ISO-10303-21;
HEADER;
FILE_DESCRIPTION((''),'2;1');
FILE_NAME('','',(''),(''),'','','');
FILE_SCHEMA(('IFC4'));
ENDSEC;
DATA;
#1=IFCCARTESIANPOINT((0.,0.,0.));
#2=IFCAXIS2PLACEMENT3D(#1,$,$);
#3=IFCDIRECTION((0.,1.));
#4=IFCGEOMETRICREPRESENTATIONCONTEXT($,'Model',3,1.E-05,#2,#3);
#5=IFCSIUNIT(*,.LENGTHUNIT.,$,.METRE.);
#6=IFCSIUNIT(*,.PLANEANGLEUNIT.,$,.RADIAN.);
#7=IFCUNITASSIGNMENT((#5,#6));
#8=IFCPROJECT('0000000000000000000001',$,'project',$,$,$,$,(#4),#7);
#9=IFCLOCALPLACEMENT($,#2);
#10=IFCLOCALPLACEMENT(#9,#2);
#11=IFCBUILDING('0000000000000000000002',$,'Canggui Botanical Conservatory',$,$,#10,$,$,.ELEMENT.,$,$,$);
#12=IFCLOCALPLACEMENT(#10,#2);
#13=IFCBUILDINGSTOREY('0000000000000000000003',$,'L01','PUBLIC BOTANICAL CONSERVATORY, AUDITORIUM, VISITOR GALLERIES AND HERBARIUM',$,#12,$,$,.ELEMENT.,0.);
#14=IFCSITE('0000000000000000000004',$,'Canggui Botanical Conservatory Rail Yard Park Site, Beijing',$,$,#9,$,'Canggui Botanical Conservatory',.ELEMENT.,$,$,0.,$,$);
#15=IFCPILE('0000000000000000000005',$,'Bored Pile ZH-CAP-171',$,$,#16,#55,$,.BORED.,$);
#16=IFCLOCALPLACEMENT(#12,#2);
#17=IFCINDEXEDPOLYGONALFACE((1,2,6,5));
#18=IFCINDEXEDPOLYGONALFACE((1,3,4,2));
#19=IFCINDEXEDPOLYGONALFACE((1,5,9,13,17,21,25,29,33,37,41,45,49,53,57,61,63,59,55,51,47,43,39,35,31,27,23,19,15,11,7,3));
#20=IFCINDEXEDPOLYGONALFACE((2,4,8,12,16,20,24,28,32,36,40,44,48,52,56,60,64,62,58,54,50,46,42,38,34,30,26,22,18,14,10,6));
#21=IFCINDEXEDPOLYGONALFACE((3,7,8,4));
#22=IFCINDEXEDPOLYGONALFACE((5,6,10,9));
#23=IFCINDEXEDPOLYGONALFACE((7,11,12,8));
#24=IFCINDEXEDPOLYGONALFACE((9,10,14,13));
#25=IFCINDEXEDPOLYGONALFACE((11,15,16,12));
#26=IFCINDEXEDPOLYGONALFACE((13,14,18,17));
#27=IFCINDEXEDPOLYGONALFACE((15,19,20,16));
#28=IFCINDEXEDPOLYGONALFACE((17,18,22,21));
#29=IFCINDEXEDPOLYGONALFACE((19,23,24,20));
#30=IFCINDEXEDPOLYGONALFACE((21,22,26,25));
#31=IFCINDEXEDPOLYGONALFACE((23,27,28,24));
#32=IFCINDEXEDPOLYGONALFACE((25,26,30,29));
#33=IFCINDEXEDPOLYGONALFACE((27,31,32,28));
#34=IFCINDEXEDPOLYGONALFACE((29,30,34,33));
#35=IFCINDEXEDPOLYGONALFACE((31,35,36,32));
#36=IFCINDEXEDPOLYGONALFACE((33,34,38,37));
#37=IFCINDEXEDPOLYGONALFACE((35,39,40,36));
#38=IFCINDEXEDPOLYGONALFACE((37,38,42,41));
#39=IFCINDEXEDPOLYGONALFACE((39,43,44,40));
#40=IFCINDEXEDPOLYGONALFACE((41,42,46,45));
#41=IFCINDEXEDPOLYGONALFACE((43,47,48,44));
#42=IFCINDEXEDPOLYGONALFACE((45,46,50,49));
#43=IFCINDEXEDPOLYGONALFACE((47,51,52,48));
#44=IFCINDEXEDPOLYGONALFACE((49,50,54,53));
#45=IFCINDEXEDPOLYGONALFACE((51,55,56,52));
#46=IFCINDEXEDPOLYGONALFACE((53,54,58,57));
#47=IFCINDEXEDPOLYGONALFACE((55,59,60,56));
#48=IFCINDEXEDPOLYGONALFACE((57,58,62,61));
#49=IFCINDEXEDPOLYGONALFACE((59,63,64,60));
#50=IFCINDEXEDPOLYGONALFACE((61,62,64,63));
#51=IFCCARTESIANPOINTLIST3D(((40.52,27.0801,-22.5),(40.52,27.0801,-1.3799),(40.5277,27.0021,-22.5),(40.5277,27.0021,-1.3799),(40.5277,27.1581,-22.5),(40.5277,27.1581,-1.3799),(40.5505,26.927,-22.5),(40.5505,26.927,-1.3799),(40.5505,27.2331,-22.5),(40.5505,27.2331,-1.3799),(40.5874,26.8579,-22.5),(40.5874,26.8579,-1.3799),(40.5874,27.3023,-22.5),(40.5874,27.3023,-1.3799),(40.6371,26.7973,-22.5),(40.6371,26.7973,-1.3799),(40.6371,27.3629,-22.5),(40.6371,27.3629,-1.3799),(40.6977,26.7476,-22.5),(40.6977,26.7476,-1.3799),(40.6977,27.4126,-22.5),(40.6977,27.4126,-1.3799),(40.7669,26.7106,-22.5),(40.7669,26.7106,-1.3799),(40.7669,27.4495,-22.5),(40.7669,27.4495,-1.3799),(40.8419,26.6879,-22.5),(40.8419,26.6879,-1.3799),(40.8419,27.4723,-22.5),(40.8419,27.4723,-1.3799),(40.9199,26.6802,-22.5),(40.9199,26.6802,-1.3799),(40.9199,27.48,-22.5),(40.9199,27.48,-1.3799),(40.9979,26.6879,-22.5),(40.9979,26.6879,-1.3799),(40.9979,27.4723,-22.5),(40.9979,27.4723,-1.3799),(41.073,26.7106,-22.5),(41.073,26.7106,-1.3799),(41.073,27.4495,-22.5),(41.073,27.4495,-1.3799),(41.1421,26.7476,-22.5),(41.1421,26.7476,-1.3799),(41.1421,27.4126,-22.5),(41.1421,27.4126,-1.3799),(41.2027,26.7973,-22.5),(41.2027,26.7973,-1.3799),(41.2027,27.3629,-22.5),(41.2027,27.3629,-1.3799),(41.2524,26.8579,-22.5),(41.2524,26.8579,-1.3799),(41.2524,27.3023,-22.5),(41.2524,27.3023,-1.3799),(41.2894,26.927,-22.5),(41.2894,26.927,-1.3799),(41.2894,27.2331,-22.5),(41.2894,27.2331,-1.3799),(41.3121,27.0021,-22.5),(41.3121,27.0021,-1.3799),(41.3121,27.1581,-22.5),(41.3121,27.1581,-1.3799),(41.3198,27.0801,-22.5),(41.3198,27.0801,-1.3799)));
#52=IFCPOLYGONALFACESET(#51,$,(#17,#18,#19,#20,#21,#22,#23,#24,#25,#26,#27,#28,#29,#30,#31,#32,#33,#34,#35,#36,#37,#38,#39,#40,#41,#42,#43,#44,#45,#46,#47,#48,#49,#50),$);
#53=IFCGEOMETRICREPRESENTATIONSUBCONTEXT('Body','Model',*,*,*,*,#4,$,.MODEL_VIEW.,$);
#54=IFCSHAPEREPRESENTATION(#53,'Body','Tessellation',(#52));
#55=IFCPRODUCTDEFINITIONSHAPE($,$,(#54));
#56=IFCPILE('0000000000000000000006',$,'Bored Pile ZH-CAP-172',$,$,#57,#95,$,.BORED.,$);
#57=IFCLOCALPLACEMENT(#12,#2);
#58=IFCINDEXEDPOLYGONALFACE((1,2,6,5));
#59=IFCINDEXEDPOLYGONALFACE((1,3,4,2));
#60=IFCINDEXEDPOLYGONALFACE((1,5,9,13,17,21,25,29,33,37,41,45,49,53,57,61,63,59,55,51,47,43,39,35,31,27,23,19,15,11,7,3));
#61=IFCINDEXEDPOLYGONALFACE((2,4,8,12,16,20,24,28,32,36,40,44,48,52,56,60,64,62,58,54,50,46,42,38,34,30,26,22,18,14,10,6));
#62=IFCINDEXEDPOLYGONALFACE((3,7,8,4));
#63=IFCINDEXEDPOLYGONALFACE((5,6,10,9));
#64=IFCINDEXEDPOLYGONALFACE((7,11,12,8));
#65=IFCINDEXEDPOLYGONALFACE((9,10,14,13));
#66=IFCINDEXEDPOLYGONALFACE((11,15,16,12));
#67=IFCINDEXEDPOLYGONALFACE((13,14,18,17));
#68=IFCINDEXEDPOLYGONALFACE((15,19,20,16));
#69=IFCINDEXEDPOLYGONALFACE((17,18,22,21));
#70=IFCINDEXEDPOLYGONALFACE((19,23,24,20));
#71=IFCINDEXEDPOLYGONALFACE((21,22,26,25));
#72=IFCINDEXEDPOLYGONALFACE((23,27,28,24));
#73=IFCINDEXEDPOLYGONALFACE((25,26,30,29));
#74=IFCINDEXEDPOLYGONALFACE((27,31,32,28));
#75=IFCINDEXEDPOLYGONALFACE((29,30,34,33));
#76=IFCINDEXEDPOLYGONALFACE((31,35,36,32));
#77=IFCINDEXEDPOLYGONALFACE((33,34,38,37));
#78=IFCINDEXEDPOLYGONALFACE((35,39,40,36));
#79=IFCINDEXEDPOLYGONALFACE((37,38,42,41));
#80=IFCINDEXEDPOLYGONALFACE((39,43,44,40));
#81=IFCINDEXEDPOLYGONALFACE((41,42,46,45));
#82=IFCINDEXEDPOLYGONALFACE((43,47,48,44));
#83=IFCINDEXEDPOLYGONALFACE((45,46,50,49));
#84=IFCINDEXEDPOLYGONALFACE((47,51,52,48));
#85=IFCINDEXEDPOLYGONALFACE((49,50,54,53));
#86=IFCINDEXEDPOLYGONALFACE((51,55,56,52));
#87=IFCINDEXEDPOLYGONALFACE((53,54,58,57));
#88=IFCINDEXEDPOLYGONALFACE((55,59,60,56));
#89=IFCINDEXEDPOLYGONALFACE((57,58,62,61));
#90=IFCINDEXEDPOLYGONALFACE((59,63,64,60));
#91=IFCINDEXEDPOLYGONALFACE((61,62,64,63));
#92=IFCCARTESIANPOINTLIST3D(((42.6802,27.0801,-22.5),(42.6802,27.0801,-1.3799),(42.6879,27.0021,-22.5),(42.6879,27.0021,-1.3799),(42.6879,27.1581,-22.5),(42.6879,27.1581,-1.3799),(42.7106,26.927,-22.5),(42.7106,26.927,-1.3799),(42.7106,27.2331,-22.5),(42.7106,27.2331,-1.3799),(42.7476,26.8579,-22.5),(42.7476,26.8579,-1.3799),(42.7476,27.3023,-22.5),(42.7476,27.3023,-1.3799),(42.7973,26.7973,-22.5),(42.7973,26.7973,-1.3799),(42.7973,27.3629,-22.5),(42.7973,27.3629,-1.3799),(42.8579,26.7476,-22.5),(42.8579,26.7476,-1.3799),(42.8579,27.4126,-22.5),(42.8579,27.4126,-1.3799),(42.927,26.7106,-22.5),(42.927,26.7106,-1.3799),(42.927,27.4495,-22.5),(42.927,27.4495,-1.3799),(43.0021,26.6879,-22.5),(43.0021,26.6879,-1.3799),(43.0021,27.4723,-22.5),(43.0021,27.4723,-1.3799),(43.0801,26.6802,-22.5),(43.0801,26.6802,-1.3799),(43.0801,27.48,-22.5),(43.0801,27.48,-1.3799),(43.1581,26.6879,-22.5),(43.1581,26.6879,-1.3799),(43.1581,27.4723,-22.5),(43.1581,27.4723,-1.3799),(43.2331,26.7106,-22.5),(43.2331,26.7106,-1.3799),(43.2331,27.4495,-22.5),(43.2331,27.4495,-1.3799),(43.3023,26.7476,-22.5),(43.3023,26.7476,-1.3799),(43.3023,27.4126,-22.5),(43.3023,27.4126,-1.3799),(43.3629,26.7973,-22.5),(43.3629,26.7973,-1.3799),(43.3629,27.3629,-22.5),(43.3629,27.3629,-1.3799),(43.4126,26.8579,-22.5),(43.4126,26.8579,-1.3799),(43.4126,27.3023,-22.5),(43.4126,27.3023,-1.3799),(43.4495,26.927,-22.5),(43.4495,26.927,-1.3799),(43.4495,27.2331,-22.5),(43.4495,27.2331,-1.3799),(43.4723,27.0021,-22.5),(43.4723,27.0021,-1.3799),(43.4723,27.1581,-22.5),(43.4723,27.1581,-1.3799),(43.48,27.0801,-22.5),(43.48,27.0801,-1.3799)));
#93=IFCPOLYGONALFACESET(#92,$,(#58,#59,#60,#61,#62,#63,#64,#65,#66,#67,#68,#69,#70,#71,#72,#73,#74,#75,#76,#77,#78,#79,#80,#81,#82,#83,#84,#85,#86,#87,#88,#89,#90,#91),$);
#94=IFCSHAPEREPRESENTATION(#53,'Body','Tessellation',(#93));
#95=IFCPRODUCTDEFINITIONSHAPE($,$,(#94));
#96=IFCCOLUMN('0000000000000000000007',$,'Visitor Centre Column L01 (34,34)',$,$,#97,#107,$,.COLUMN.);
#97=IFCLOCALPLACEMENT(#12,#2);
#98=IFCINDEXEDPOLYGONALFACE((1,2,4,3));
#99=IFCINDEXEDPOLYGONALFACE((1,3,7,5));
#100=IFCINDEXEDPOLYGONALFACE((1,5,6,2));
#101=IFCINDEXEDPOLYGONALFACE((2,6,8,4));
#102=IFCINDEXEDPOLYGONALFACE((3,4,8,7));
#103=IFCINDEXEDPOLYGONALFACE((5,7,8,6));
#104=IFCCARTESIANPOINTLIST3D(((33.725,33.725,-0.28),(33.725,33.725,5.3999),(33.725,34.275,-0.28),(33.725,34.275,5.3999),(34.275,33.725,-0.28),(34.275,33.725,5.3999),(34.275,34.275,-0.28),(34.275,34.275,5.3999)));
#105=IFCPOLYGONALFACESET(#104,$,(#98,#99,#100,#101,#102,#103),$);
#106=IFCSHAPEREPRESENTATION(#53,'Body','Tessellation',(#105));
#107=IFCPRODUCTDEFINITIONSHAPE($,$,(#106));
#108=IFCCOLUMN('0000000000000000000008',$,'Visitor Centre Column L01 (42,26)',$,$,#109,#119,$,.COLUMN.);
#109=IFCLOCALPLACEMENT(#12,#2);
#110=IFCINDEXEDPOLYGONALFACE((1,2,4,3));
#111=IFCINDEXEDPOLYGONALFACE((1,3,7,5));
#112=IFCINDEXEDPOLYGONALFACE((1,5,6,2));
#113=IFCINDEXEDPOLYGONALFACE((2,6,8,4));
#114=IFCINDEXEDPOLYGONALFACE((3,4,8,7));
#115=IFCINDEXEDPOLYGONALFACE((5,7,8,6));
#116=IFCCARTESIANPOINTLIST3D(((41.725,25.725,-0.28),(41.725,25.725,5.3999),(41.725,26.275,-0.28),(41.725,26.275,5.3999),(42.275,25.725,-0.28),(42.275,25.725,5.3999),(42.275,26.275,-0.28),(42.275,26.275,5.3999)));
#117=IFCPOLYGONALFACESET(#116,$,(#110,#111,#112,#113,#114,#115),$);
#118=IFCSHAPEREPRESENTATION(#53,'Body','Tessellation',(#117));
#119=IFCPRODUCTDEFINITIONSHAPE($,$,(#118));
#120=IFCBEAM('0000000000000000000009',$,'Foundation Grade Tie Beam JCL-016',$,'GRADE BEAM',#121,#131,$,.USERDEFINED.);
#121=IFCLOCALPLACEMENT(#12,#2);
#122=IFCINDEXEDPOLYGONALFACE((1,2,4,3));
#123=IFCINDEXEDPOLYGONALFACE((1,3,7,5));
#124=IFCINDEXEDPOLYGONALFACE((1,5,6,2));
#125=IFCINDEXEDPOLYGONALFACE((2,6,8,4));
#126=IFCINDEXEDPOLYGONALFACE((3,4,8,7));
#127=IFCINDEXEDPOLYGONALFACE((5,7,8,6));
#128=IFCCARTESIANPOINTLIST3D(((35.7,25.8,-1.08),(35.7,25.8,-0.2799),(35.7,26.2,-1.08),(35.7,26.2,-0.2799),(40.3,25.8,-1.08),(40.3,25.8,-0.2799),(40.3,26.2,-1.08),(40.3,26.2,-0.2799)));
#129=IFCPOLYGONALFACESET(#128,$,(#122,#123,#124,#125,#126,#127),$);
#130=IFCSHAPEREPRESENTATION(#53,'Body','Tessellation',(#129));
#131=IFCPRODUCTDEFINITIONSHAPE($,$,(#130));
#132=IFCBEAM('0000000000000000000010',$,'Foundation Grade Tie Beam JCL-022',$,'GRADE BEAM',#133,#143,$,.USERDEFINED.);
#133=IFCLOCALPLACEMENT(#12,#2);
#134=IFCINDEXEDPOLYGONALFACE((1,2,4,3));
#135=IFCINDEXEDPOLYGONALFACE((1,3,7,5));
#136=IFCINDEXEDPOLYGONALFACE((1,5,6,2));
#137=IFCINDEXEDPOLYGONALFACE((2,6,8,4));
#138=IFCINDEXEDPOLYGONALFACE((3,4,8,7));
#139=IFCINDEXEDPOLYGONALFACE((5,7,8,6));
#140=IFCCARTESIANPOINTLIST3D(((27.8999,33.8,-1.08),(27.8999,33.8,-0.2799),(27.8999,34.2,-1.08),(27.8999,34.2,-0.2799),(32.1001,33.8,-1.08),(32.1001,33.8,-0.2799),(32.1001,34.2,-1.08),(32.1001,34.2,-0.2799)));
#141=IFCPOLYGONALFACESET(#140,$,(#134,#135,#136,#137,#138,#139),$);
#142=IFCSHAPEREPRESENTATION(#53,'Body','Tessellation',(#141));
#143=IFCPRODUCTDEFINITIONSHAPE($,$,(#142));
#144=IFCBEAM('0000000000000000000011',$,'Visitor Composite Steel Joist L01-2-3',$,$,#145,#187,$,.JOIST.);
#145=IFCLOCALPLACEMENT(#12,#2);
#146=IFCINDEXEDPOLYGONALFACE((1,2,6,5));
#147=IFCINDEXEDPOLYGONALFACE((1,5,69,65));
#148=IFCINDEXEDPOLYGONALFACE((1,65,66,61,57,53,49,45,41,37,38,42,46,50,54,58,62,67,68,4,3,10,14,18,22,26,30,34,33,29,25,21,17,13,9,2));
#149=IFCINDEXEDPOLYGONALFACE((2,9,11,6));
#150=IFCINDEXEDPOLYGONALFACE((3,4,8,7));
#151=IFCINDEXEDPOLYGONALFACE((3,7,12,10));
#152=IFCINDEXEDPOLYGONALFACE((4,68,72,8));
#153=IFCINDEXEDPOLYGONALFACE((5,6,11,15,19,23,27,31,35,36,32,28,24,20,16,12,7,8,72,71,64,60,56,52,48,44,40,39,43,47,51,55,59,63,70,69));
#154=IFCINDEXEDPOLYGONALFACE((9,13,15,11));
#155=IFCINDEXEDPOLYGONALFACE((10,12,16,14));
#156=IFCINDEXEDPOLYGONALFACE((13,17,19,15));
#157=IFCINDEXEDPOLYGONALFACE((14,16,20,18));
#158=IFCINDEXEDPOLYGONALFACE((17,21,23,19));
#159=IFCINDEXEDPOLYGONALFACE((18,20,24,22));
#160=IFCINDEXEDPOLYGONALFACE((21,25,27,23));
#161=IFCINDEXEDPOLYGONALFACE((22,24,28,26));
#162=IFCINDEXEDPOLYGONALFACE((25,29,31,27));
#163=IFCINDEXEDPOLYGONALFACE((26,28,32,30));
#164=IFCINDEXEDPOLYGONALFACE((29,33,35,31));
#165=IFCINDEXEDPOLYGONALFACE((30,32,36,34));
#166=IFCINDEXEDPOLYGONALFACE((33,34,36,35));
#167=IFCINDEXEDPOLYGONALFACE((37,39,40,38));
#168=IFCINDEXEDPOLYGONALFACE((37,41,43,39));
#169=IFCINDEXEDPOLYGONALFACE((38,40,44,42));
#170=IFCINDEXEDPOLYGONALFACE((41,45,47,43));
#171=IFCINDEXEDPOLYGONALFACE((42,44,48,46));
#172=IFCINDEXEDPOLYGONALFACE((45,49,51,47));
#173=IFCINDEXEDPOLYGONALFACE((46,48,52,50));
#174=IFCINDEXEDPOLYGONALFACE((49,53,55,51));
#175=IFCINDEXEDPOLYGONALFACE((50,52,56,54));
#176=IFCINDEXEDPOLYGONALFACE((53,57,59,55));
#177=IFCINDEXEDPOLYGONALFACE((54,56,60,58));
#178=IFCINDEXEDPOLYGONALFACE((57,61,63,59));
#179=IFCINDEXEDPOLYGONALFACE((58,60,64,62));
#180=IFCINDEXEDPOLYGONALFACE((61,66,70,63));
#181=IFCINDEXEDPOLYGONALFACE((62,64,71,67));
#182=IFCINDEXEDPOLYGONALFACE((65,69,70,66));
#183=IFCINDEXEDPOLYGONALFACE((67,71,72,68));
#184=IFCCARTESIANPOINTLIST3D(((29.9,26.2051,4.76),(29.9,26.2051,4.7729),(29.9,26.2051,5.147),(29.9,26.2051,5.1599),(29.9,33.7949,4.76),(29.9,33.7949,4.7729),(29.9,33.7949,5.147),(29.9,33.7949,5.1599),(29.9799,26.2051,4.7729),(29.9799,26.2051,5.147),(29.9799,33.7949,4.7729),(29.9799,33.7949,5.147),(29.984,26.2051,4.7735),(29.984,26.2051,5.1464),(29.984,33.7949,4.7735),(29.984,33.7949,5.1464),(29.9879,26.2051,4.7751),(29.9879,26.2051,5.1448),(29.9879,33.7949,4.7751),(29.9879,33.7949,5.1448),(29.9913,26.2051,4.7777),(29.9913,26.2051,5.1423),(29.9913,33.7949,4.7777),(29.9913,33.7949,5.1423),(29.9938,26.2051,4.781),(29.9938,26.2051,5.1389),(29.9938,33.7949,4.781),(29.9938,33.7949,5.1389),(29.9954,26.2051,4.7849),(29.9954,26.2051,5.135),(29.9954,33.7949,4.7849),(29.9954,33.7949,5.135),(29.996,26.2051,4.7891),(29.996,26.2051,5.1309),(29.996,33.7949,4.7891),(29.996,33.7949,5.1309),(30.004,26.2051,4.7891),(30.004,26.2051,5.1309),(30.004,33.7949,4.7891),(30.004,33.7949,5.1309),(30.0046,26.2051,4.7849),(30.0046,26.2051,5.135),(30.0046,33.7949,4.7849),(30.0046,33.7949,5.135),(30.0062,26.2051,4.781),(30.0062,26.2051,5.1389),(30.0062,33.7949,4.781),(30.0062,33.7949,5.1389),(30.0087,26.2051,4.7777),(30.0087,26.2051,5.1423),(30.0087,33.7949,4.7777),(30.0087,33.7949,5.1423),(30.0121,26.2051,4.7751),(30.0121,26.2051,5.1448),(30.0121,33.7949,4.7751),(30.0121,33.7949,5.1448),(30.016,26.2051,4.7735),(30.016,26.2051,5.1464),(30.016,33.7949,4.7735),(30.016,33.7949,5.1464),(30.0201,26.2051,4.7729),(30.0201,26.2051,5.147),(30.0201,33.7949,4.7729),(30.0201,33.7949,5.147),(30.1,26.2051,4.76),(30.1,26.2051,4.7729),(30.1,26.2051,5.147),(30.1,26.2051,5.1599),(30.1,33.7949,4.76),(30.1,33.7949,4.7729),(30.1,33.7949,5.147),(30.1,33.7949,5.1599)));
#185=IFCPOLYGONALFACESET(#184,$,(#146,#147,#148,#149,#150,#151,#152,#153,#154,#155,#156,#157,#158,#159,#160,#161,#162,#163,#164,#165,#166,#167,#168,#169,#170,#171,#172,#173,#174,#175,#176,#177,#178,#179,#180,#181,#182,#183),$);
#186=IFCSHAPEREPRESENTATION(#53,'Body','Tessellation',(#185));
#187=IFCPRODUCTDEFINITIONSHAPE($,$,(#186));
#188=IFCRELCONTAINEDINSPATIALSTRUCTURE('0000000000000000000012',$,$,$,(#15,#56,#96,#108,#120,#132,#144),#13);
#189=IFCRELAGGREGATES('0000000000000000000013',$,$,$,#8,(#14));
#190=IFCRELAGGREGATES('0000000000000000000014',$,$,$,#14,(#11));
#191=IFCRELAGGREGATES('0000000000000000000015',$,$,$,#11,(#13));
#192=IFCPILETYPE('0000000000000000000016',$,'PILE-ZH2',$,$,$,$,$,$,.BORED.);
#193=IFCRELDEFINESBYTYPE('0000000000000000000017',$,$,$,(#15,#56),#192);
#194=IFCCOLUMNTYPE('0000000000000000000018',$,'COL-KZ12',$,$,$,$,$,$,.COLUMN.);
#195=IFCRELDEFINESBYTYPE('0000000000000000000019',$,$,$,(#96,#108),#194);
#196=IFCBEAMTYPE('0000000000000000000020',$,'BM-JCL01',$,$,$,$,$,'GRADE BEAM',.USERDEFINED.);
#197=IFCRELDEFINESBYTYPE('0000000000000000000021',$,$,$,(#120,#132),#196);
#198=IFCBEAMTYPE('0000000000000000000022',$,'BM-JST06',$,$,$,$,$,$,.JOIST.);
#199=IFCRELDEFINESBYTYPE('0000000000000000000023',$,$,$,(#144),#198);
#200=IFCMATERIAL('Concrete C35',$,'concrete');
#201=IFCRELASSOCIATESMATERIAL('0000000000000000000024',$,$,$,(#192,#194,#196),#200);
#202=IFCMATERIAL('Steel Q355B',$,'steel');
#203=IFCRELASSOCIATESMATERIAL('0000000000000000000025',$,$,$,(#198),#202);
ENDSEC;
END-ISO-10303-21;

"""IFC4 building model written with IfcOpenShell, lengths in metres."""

from ifc_helpers import new_model, si_unit, direction, frame, origin, origin_2d, place, context, subcontext, project, spatial, rectangle, circle, i_section, extrude, material, material_profile, profile_set, type_object, element, save


model = new_model("IFC4")

# Units and contexts
model_context = context("Model", 3, precision=1e-05, world=origin(), true_north=direction((0.0, 1.0)))
body_context = subcontext(model_context, "Body", "Model", "MODEL_VIEW")
ifc_project = project(units=[si_unit("LENGTHUNIT", "METRE"), si_unit("PLANEANGLEUNIT", "RADIAN")], contexts=[model_context])

# Site, building, storey
site_placement = place(None, origin())
site = spatial("IfcSite", under=ifc_project, at=site_placement, Name="Canggui Botanical Conservatory Rail Yard Park Site, Beijing", LongName="Canggui Botanical Conservatory", CompositionType="ELEMENT", RefElevation=0.0)
building_placement = place(site_placement, origin())
building = spatial("IfcBuilding", under=site, at=building_placement, Name="Canggui Botanical Conservatory", CompositionType="ELEMENT")
storey_placement = place(building_placement, origin())
storey = spatial("IfcBuildingStorey", under=building, at=storey_placement, Name="L01", Description="PUBLIC BOTANICAL CONSERVATORY, AUDITORIUM, VISITOR GALLERIES AND HERBARIUM", CompositionType="ELEMENT", Elevation=0.0)

# Shared definitions
ifc_material_1 = material(Name="Concrete C35", Category="concrete")

# Piles
ifc_material_profile_1 = material_profile(ifc_material_1, circle(Radius=0.3999, at=origin_2d()), Name="PILE D800")
ifc_profile_set_1 = profile_set([ifc_material_profile_1], Name="Concrete C35")
pile_type = type_object("IfcPileType", Name="PILE-ZH2", PredefinedType="BORED", material=ifc_profile_set_1)
for number, where, z_axis, x_axis, name in (
    (1, (40.9199, 27.0801, -1.3799), (0.0, 0.0, -1.0), (1.0, 0.0, 0.0), "Bored Pile ZH-CAP-171"),
    (2, (43.0801, 27.0801, -1.3799), (0.0, 0.0, -1.0), (1.0, 0.0, 0.0), "Bored Pile ZH-CAP-172"),
):
    element("IfcPile", number, at=place(storey_placement, frame(where, z_axis=z_axis, x_axis=x_axis)), inside=storey, type_object=pile_type, Name=name, PredefinedType="BORED", context=body_context, shape_type="SweptSolid", body=[
        extrude(circle(Radius=0.3999, at=origin_2d()), origin(), (0.0, 0.0, 1.0), 21.1201),
    ])

# Columns
ifc_material_profile_2 = material_profile(ifc_material_1, rectangle(XDim=0.55, YDim=0.55, at=origin_2d()), Name="RC 550x550")
ifc_profile_set_2 = profile_set([ifc_material_profile_2], Name="Concrete C35")
column_type = type_object("IfcColumnType", Name="COL-KZ12", PredefinedType="COLUMN", material=ifc_profile_set_2)
for number, where, z_axis, x_axis, name in (
    (3, (34.0, 34.0, -0.28), (0.0, 0.0, 1.0), (1.0, 0.0, 0.0), "Visitor Centre Column L01 (34,34)"),
    (4, (42.0, 26.0, -0.28), (0.0, 0.0, 1.0), (1.0, 0.0, 0.0), "Visitor Centre Column L01 (42,26)"),
):
    element("IfcColumn", number, at=place(storey_placement, frame(where, z_axis=z_axis, x_axis=x_axis)), inside=storey, type_object=column_type, Name=name, PredefinedType="COLUMN", context=body_context, shape_type="SweptSolid", body=[
        extrude(rectangle(XDim=0.55, YDim=0.55, at=origin_2d()), origin(), (0.0, 0.0, 1.0), 5.6799),
    ])

# Beams
ifc_material_profile_3 = material_profile(ifc_material_1, rectangle(XDim=0.3999, YDim=0.8, at=origin_2d()), Name="RB 400x800")
ifc_profile_set_3 = profile_set([ifc_material_profile_3], Name="Concrete C35")
beam_type_1 = type_object("IfcBeamType", Name="BM-JCL01", ElementType="GRADE BEAM", PredefinedType="USERDEFINED", material=ifc_profile_set_3)
beam_1_placement = place(storey_placement, frame((35.7, 26.0, -0.6799), z_axis=(1.0, 0.0, 0.0), x_axis=(0.0, 1.0, 0.0)))
element("IfcBeam", 5, at=beam_1_placement, inside=storey, type_object=beam_type_1, Name="Foundation Grade Tie Beam JCL-016", ObjectType="GRADE BEAM", PredefinedType="USERDEFINED", context=body_context, shape_type="SweptSolid", body=[
    extrude(rectangle(XDim=0.3999, YDim=0.8, at=origin_2d()), origin(), (0.0, 0.0, 1.0), 4.6001),
])
beam_2_placement = place(storey_placement, frame((27.8999, 34.0, -0.6799), z_axis=(1.0, 0.0, 0.0), x_axis=(0.0, 1.0, 0.0)))
element("IfcBeam", 6, at=beam_2_placement, inside=storey, type_object=beam_type_1, Name="Foundation Grade Tie Beam JCL-022", ObjectType="GRADE BEAM", PredefinedType="USERDEFINED", context=body_context, shape_type="SweptSolid", body=[
    extrude(rectangle(XDim=0.3999, YDim=0.8, at=origin_2d()), origin(), (0.0, 0.0, 1.0), 4.2002),
])
ifc_material_2 = material(Name="Steel Q355B", Category="steel")
ifc_material_profile_4 = material_profile(ifc_material_2, i_section(OverallWidth=0.2, OverallDepth=0.3999, WebThickness=0.0081, FlangeThickness=0.0129, FilletRadius=0.0161, at=origin_2d()), Name="HN 400x200x8x13")
ifc_profile_set_4 = profile_set([ifc_material_profile_4], Name="Steel Q355B")
beam_type_2 = type_object("IfcBeamType", Name="BM-JST06", PredefinedType="JOIST", material=ifc_profile_set_4)
for number, where, z_axis, x_axis, name in (
    (7, (30.0, 26.2051, 4.96), (0.0, 1.0, 0.0), (-1.0, 0.0, 0.0), "Visitor Composite Steel Joist L01-2-3"),
):
    element("IfcBeam", number, at=place(storey_placement, frame(where, z_axis=z_axis, x_axis=x_axis)), inside=storey, type_object=beam_type_2, Name=name, PredefinedType="JOIST", context=body_context, shape_type="SweptSolid", body=[
        extrude(i_section(OverallWidth=0.2, OverallDepth=0.3999, WebThickness=0.0081, FlangeThickness=0.0129, FilletRadius=0.0161, at=origin_2d()), origin(), (0.0, 0.0, 1.0), 7.5898),
    ])

save(model, "model.ifc")
